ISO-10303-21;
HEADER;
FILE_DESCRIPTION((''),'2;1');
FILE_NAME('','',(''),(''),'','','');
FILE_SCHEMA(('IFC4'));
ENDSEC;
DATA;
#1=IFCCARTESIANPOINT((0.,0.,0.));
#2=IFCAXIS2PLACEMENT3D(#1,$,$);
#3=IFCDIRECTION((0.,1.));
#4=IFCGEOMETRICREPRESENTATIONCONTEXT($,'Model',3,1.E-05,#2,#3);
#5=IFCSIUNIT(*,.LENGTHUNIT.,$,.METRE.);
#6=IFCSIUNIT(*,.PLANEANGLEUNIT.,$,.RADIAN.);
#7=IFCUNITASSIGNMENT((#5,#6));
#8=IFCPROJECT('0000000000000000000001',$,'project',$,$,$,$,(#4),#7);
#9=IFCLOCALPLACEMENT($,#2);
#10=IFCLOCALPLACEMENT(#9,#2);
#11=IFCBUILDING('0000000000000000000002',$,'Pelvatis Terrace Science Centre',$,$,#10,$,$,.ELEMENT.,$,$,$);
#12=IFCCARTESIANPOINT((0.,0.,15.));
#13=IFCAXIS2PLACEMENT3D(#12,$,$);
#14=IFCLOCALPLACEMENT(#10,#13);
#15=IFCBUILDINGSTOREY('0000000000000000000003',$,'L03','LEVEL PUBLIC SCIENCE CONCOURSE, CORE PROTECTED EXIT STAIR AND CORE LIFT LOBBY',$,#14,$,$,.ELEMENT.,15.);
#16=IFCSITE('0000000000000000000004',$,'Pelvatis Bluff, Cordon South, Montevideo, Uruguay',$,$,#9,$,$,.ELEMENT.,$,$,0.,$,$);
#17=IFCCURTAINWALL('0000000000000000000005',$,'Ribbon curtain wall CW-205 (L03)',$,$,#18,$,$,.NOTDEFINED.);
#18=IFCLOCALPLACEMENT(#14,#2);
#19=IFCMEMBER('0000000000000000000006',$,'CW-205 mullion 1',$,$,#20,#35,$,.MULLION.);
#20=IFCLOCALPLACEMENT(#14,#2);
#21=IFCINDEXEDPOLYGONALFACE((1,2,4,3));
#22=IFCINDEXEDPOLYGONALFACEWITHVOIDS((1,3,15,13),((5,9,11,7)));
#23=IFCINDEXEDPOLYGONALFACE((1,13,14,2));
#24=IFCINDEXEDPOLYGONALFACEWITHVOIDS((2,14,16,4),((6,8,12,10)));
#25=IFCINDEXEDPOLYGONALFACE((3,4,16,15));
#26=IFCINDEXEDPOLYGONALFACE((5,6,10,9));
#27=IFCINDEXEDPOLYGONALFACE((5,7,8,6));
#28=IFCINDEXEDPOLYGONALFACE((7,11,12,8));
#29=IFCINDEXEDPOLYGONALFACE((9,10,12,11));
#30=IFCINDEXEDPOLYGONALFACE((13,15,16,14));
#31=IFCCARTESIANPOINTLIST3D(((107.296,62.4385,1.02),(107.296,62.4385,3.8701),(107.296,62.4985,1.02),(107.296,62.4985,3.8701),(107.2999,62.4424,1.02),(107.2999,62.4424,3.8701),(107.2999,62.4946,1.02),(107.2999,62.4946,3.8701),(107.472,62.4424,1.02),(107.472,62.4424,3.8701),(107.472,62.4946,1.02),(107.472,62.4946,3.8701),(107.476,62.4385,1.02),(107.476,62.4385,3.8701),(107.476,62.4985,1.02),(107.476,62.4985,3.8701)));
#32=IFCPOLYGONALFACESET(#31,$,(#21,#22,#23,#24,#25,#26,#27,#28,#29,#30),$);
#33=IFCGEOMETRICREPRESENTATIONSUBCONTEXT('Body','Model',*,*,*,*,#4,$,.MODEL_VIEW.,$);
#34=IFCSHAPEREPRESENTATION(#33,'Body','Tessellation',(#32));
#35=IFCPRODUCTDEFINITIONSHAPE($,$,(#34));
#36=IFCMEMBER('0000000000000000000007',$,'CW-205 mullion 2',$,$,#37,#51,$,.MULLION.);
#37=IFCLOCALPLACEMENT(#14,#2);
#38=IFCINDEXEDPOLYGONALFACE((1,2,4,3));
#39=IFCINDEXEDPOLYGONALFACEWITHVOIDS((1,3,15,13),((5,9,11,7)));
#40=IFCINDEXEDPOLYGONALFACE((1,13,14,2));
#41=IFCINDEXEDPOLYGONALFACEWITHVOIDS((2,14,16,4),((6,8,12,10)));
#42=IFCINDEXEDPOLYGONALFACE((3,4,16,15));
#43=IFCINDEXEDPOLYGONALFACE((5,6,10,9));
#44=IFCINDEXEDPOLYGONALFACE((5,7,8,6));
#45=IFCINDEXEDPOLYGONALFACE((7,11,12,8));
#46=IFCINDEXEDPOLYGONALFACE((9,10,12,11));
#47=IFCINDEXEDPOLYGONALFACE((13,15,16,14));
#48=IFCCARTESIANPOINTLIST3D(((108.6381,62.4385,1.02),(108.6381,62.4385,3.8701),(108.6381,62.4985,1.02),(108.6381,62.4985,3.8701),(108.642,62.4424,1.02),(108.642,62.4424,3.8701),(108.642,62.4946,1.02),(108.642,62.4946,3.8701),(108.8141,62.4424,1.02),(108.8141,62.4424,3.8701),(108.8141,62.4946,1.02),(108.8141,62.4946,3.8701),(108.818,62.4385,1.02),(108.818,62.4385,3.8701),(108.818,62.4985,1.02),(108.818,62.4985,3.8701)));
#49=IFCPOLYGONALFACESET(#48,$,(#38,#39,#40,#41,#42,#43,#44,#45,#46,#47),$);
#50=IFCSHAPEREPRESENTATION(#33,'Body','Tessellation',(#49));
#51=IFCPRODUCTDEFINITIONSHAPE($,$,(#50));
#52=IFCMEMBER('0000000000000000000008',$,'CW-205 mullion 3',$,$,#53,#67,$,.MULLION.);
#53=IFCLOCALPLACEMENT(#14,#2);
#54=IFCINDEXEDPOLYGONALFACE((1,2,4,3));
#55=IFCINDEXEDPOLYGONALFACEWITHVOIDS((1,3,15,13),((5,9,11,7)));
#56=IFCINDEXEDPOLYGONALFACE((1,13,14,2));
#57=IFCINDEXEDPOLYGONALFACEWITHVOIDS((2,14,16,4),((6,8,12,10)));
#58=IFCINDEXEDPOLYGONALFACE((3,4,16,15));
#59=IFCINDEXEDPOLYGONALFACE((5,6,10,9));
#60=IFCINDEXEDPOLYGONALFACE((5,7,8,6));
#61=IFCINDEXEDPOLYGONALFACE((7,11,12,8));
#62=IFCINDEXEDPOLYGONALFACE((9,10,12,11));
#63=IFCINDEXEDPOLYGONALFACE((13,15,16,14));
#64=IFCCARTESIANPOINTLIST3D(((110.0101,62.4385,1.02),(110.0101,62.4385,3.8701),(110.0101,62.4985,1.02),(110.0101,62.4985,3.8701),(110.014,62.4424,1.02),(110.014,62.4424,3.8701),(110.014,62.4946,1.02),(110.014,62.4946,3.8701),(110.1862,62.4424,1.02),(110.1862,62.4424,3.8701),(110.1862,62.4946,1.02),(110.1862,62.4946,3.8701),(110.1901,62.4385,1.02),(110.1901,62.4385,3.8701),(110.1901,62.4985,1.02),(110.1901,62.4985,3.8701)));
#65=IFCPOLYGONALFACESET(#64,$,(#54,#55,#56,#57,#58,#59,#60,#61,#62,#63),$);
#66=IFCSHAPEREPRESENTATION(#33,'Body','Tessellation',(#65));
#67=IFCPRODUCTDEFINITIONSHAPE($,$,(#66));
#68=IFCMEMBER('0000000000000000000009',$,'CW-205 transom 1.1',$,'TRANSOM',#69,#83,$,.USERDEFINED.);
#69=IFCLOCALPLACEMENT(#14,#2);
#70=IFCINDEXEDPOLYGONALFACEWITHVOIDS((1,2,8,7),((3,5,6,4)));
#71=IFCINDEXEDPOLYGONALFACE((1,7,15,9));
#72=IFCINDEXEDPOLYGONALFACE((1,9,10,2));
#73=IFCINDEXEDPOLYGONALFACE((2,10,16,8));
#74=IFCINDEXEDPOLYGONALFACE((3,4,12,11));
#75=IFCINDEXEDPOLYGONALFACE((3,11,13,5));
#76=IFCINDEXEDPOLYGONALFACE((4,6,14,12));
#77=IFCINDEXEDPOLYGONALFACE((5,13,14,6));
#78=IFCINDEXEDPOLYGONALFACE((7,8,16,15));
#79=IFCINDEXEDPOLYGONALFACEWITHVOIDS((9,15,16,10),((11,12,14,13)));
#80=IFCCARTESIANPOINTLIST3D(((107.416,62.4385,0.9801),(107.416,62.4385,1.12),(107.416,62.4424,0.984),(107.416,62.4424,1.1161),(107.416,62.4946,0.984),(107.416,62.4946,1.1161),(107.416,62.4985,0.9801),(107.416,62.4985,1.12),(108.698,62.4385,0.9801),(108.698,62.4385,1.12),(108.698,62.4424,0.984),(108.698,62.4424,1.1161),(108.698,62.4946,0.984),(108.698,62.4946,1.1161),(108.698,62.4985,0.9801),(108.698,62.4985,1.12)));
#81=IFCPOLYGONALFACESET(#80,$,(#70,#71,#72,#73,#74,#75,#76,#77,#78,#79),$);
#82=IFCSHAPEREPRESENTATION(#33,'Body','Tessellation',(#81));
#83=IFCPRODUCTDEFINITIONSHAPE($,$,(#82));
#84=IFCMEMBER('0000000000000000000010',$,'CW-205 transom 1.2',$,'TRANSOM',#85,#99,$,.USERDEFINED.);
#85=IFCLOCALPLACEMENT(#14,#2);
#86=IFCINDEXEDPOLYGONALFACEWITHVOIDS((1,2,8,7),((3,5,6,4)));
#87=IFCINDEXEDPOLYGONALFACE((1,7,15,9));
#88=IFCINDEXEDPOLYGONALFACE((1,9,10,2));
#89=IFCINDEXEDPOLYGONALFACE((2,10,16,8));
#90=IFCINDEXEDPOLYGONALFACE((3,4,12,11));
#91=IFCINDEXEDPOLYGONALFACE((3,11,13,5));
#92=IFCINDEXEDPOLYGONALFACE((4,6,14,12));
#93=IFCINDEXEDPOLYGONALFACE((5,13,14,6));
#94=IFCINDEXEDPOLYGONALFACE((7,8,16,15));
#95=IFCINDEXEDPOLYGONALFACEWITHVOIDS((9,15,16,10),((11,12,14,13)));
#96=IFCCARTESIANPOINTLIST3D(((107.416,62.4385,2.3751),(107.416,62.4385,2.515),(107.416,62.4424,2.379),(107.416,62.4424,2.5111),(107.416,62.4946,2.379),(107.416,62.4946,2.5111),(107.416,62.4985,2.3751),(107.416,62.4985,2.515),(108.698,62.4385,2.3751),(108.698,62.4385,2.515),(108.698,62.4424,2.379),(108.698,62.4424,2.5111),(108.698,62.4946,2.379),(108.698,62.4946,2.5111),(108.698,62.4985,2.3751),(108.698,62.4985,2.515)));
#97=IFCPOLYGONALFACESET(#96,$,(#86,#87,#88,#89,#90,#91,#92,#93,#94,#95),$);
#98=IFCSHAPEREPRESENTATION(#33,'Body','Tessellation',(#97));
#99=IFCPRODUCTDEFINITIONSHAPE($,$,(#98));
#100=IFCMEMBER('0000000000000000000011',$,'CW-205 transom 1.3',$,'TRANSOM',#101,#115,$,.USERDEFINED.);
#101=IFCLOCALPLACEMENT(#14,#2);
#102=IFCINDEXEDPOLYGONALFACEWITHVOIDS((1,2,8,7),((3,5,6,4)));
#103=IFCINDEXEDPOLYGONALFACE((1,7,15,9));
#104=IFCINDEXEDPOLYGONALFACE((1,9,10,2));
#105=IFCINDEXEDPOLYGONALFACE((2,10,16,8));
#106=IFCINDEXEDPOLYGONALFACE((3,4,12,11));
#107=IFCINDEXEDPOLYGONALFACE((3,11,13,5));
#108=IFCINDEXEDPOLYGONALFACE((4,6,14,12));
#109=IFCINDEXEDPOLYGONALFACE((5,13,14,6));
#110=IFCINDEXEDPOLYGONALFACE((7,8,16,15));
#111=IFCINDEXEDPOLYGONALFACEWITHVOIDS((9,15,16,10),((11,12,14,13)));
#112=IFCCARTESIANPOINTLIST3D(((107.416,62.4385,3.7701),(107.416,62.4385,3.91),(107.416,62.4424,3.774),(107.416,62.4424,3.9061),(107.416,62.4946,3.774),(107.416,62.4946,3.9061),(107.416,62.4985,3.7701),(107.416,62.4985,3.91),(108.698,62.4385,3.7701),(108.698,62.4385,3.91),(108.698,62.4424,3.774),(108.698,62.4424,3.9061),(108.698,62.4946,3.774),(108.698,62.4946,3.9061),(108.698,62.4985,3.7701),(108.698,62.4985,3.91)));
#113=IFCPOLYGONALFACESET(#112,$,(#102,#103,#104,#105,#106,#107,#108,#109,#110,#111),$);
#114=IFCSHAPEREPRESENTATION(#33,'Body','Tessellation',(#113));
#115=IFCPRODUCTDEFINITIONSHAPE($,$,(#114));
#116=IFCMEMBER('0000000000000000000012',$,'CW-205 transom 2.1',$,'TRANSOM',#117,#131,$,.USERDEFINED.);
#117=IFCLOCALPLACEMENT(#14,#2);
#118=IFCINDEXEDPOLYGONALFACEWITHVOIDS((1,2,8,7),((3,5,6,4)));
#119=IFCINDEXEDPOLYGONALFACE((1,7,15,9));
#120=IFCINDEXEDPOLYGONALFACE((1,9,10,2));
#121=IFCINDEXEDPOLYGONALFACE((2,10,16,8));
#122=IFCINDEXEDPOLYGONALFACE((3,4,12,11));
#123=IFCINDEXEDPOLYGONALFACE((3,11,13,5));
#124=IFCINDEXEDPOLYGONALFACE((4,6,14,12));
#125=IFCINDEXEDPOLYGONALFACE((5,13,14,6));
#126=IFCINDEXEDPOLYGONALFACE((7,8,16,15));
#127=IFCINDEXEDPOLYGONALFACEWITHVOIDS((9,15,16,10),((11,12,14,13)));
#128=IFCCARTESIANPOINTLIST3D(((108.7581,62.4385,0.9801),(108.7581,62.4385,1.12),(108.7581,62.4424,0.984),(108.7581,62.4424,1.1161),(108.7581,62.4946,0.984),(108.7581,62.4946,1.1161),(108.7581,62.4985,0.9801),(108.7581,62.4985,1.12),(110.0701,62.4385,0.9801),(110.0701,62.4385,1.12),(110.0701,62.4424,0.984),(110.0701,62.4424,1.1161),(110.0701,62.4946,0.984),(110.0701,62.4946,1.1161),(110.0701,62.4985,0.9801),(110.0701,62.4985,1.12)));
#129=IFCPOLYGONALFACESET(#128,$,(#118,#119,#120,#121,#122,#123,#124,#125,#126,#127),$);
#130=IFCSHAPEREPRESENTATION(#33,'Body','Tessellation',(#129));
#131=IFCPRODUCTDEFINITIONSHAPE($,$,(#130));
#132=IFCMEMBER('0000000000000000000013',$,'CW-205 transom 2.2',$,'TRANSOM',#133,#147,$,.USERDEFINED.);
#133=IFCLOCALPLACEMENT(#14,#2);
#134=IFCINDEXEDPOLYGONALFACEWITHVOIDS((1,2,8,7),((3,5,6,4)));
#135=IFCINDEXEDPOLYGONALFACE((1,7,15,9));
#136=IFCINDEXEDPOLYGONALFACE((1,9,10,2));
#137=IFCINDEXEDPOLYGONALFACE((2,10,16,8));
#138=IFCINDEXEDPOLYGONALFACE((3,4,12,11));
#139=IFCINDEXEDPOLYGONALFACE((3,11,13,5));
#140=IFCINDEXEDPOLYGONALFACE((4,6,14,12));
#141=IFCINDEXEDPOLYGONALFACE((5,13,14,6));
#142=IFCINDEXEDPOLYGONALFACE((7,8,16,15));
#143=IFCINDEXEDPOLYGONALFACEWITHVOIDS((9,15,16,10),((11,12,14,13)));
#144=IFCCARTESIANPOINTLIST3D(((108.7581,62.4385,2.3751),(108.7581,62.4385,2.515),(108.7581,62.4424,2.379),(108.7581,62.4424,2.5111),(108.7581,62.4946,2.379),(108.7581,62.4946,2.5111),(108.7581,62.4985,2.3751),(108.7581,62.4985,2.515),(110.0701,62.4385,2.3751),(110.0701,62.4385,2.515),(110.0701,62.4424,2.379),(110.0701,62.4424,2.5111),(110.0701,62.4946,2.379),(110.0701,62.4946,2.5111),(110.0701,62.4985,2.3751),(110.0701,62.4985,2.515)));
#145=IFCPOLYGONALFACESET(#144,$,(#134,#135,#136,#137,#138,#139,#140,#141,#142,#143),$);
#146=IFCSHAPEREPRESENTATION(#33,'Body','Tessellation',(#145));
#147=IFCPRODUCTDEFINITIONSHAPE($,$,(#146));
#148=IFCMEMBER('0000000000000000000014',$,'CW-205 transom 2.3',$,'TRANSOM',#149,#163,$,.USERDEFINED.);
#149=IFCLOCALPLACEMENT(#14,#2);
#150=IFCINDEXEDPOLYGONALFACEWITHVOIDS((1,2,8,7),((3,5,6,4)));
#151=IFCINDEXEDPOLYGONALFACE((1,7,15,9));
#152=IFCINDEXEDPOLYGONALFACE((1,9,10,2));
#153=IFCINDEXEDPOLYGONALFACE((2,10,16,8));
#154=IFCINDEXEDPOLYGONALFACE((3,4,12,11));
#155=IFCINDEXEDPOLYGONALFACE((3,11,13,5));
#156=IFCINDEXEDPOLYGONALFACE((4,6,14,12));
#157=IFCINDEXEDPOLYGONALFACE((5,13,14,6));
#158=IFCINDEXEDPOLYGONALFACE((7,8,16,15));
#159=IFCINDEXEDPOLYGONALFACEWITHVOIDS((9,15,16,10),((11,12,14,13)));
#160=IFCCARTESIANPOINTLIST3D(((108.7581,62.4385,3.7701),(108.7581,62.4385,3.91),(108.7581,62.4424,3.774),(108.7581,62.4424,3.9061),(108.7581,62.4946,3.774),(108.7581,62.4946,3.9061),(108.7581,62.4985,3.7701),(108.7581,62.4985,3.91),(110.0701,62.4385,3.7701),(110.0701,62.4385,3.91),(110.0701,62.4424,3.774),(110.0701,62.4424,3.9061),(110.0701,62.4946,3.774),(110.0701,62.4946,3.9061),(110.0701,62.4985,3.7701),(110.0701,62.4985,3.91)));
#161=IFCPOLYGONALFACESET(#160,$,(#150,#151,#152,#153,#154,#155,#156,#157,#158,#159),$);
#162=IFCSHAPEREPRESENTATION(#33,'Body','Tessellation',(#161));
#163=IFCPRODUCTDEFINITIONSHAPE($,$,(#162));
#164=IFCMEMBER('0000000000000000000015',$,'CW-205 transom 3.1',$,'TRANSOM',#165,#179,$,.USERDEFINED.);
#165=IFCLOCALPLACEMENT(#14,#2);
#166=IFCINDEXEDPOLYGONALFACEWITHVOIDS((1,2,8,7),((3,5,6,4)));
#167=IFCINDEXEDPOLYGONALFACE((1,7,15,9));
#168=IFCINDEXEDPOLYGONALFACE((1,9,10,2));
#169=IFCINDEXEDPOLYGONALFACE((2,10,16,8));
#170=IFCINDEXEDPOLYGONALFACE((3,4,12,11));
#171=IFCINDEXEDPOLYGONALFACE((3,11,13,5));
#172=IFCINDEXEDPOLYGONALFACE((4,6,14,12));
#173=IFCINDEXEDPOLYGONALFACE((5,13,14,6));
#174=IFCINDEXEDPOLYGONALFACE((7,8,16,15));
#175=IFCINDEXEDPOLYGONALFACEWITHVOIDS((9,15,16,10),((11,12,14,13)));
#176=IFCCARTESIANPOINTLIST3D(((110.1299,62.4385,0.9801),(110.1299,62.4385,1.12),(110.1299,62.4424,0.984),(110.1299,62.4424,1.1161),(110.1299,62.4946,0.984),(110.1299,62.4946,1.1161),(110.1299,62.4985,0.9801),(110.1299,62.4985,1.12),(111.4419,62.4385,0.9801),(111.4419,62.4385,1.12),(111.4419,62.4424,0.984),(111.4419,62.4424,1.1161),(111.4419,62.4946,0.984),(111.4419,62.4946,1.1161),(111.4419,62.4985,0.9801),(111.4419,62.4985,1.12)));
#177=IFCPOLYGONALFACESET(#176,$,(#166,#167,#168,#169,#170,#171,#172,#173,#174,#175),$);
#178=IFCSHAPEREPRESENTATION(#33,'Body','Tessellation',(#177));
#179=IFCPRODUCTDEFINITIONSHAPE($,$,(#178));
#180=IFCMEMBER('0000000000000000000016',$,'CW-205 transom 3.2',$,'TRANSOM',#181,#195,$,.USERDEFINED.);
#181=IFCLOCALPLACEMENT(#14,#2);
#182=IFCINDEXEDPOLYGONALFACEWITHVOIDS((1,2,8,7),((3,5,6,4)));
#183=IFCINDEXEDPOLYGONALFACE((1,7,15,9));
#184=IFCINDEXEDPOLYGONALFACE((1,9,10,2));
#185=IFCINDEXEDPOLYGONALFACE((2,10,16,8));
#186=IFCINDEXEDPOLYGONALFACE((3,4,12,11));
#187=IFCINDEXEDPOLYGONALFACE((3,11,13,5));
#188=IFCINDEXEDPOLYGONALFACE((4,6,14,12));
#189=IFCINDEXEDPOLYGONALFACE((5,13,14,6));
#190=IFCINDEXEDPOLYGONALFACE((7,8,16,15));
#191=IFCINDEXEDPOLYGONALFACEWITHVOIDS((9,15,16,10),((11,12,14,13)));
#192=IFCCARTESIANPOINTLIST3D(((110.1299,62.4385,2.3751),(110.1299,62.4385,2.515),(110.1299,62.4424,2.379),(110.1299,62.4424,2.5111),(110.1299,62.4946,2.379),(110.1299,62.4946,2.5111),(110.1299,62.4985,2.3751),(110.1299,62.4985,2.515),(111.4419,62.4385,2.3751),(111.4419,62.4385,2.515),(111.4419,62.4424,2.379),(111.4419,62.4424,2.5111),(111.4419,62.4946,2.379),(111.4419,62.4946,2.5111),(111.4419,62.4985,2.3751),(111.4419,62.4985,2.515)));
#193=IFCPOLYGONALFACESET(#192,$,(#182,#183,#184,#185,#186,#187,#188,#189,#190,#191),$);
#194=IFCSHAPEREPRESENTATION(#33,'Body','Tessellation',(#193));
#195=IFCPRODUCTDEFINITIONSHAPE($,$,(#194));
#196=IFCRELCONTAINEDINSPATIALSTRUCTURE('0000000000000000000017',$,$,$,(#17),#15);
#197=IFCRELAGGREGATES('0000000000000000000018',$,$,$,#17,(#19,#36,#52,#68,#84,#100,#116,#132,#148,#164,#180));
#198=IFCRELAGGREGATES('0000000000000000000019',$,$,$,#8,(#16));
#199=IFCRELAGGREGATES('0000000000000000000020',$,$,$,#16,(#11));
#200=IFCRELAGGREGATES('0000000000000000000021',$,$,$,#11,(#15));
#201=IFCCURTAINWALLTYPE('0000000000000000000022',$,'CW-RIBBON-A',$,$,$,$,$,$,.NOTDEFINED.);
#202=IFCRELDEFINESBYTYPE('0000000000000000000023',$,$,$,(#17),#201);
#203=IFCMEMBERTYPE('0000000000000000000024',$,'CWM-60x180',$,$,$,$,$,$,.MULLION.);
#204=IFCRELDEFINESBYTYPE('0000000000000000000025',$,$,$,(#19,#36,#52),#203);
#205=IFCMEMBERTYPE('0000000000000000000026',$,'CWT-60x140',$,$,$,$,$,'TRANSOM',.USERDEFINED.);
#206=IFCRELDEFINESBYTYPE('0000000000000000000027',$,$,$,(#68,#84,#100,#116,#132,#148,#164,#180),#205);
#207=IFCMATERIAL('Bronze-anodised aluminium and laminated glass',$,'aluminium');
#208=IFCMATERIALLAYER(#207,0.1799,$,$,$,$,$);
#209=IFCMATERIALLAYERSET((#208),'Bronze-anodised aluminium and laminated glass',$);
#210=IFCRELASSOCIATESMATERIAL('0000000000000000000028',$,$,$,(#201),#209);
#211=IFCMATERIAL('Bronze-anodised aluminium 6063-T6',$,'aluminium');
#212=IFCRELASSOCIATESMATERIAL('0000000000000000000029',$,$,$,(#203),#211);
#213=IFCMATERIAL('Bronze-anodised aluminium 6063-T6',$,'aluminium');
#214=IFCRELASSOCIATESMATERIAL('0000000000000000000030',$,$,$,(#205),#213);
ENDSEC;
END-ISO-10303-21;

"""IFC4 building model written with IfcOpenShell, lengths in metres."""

from ifc_helpers import new_model, si_unit, direction, frame, origin, origin_2d, place, context, subcontext, project, spatial, hollow_rectangle, extrude, material, layer, layer_set, material_profile, profile_set, type_object, element, aggregate, save


model = new_model("IFC4")

# Units and contexts
model_context = context("Model", 3, precision=1e-05, world=origin(), true_north=direction((0.0, 1.0)))
body_context = subcontext(model_context, "Body", "Model", "MODEL_VIEW")
ifc_project = project(units=[si_unit("LENGTHUNIT", "METRE"), si_unit("PLANEANGLEUNIT", "RADIAN")], contexts=[model_context])

# Site, building, storey
site_placement = place(None, origin())
site = spatial("IfcSite", under=ifc_project, at=site_placement, Name="Pelvatis Bluff, Cordon South, Montevideo, Uruguay", CompositionType="ELEMENT", RefElevation=0.0)
building_placement = place(site_placement, origin())
building = spatial("IfcBuilding", under=site, at=building_placement, Name="Pelvatis Terrace Science Centre", CompositionType="ELEMENT")
storey_placement = place(building_placement, frame((0.0, 0.0, 15.0)))
storey = spatial("IfcBuildingStorey", under=building, at=storey_placement, Name="L03", Description="LEVEL PUBLIC SCIENCE CONCOURSE, CORE PROTECTED EXIT STAIR AND CORE LIFT LOBBY", CompositionType="ELEMENT", Elevation=15.0)

# Curtain wall, members
ifc_material_1 = material(Name="Bronze-anodised aluminium and laminated glass", Category="aluminium")
ifc_layer_1 = layer(ifc_material_1, 0.1799)
ifc_layer_set_1 = layer_set([ifc_layer_1], Name="Bronze-anodised aluminium and laminated glass")
curtain_wall_type = type_object("IfcCurtainWallType", Name="CW-RIBBON-A", PredefinedType="NOTDEFINED", material=ifc_layer_set_1)
curtain_wall_placement = place(storey_placement, origin())
curtain_wall = element("IfcCurtainWall", 1, at=curtain_wall_placement, inside=storey, type_object=curtain_wall_type, Name="Ribbon curtain wall CW-205 (L03)", PredefinedType="NOTDEFINED")
ifc_material_2 = material(Name="Bronze-anodised aluminium 6063-T6", Category="aluminium")
ifc_material_profile_1 = material_profile(ifc_material_2, hollow_rectangle(XDim=0.0601, YDim=0.1799, WallThickness=0.0039, at=origin_2d()), Name="ALU-MUL 60x180")
ifc_profile_set_1 = profile_set([ifc_material_profile_1], Name="Bronze-anodised aluminium 6063-T6")
member_type_1 = type_object("IfcMemberType", Name="CWM-60x180", PredefinedType="MULLION", material=ifc_profile_set_1)
member_1_placement = place(storey_placement, frame((107.386, 62.4685, 1.02), z_axis=(0.0, 0.0, 1.0), x_axis=(0.0, 1.0, 0.0)))
member_1 = element("IfcMember", 2, at=member_1_placement, type_object=member_type_1, Name="CW-205 mullion 1", PredefinedType="MULLION", context=body_context, shape_type="SweptSolid", body=[
    extrude(hollow_rectangle(XDim=0.0601, YDim=0.1799, WallThickness=0.0039, at=origin_2d()), origin(), (0.0, 0.0, 1.0), 2.8501),
])
member_2_placement = place(storey_placement, frame((108.728, 62.4685, 1.02), z_axis=(0.0, 0.0, 1.0), x_axis=(0.0, 1.0, 0.0)))
member_2 = element("IfcMember", 3, at=member_2_placement, type_object=member_type_1, Name="CW-205 mullion 2", PredefinedType="MULLION", context=body_context, shape_type="SweptSolid", body=[
    extrude(hollow_rectangle(XDim=0.0601, YDim=0.1799, WallThickness=0.0039, at=origin_2d()), origin(), (0.0, 0.0, 1.0), 2.8501),
])
member_3_placement = place(storey_placement, frame((110.1001, 62.4685, 1.02), z_axis=(0.0, 0.0, 1.0), x_axis=(0.0, 1.0, 0.0)))
member_3 = element("IfcMember", 4, at=member_3_placement, type_object=member_type_1, Name="CW-205 mullion 3", PredefinedType="MULLION", context=body_context, shape_type="SweptSolid", body=[
    extrude(hollow_rectangle(XDim=0.0601, YDim=0.1799, WallThickness=0.0039, at=origin_2d()), origin(), (0.0, 0.0, 1.0), 2.8501),
])
ifc_material_3 = material(Name="Bronze-anodised aluminium 6063-T6", Category="aluminium")
ifc_material_profile_2 = material_profile(ifc_material_3, hollow_rectangle(XDim=0.0601, YDim=0.1399, WallThickness=0.0039, at=origin_2d()), Name="ALU-TRN 60x140")
ifc_profile_set_2 = profile_set([ifc_material_profile_2], Name="Bronze-anodised aluminium 6063-T6")
member_type_2 = type_object("IfcMemberType", Name="CWT-60x140", ElementType="TRANSOM", PredefinedType="USERDEFINED", material=ifc_profile_set_2)
member_4_placement = place(storey_placement, frame((107.416, 62.4685, 1.05), z_axis=(1.0, 0.0, 0.0), x_axis=(0.0, 1.0, 0.0)))
member_4 = element("IfcMember", 5, at=member_4_placement, type_object=member_type_2, Name="CW-205 transom 1.1", ObjectType="TRANSOM", PredefinedType="USERDEFINED", context=body_context, shape_type="SweptSolid", body=[
    extrude(hollow_rectangle(XDim=0.0601, YDim=0.1399, WallThickness=0.0039, at=origin_2d()), origin(), (0.0, 0.0, 1.0), 1.282),
])
member_5_placement = place(storey_placement, frame((107.416, 62.4685, 2.4451), z_axis=(1.0, 0.0, 0.0), x_axis=(0.0, 1.0, 0.0)))
member_5 = element("IfcMember", 6, at=member_5_placement, type_object=member_type_2, Name="CW-205 transom 1.2", ObjectType="TRANSOM", PredefinedType="USERDEFINED", context=body_context, shape_type="SweptSolid", body=[
    extrude(hollow_rectangle(XDim=0.0601, YDim=0.1399, WallThickness=0.0039, at=origin_2d()), origin(), (0.0, 0.0, 1.0), 1.282),
])
member_6_placement = place(storey_placement, frame((107.416, 62.4685, 3.8401), z_axis=(1.0, 0.0, 0.0), x_axis=(0.0, 1.0, 0.0)))
member_6 = element("IfcMember", 7, at=member_6_placement, type_object=member_type_2, Name="CW-205 transom 1.3", ObjectType="TRANSOM", PredefinedType="USERDEFINED", context=body_context, shape_type="SweptSolid", body=[
    extrude(hollow_rectangle(XDim=0.0601, YDim=0.1399, WallThickness=0.0039, at=origin_2d()), origin(), (0.0, 0.0, 1.0), 1.282),
])
member_7_placement = place(storey_placement, frame((108.7581, 62.4685, 1.05), z_axis=(1.0, 0.0, 0.0), x_axis=(0.0, 1.0, 0.0)))
member_7 = element("IfcMember", 8, at=member_7_placement, type_object=member_type_2, Name="CW-205 transom 2.1", ObjectType="TRANSOM", PredefinedType="USERDEFINED", context=body_context, shape_type="SweptSolid", body=[
    extrude(hollow_rectangle(XDim=0.0601, YDim=0.1399, WallThickness=0.0039, at=origin_2d()), origin(), (0.0, 0.0, 1.0), 1.312),
])
member_8_placement = place(storey_placement, frame((108.7581, 62.4685, 2.4451), z_axis=(1.0, 0.0, 0.0), x_axis=(0.0, 1.0, 0.0)))
member_8 = element("IfcMember", 9, at=member_8_placement, type_object=member_type_2, Name="CW-205 transom 2.2", ObjectType="TRANSOM", PredefinedType="USERDEFINED", context=body_context, shape_type="SweptSolid", body=[
    extrude(hollow_rectangle(XDim=0.0601, YDim=0.1399, WallThickness=0.0039, at=origin_2d()), origin(), (0.0, 0.0, 1.0), 1.312),
])
member_9_placement = place(storey_placement, frame((108.7581, 62.4685, 3.8401), z_axis=(1.0, 0.0, 0.0), x_axis=(0.0, 1.0, 0.0)))
member_9 = element("IfcMember", 10, at=member_9_placement, type_object=member_type_2, Name="CW-205 transom 2.3", ObjectType="TRANSOM", PredefinedType="USERDEFINED", context=body_context, shape_type="SweptSolid", body=[
    extrude(hollow_rectangle(XDim=0.0601, YDim=0.1399, WallThickness=0.0039, at=origin_2d()), origin(), (0.0, 0.0, 1.0), 1.312),
])
member_10_placement = place(storey_placement, frame((110.1299, 62.4685, 1.05), z_axis=(1.0, 0.0, 0.0), x_axis=(0.0, 1.0, 0.0)))
member_10 = element("IfcMember", 11, at=member_10_placement, type_object=member_type_2, Name="CW-205 transom 3.1", ObjectType="TRANSOM", PredefinedType="USERDEFINED", context=body_context, shape_type="SweptSolid", body=[
    extrude(hollow_rectangle(XDim=0.0601, YDim=0.1399, WallThickness=0.0039, at=origin_2d()), origin(), (0.0, 0.0, 1.0), 1.312),
])
member_11_placement = place(storey_placement, frame((110.1299, 62.4685, 2.4451), z_axis=(1.0, 0.0, 0.0), x_axis=(0.0, 1.0, 0.0)))
member_11 = element("IfcMember", 12, at=member_11_placement, type_object=member_type_2, Name="CW-205 transom 3.2", ObjectType="TRANSOM", PredefinedType="USERDEFINED", context=body_context, shape_type="SweptSolid", body=[
    extrude(hollow_rectangle(XDim=0.0601, YDim=0.1399, WallThickness=0.0039, at=origin_2d()), origin(), (0.0, 0.0, 1.0), 1.312),
])
aggregate(curtain_wall, [member_1, member_2, member_3, member_4, member_5, member_6, member_7, member_8, member_9, member_10, member_11])

save(model, "model.ifc")
